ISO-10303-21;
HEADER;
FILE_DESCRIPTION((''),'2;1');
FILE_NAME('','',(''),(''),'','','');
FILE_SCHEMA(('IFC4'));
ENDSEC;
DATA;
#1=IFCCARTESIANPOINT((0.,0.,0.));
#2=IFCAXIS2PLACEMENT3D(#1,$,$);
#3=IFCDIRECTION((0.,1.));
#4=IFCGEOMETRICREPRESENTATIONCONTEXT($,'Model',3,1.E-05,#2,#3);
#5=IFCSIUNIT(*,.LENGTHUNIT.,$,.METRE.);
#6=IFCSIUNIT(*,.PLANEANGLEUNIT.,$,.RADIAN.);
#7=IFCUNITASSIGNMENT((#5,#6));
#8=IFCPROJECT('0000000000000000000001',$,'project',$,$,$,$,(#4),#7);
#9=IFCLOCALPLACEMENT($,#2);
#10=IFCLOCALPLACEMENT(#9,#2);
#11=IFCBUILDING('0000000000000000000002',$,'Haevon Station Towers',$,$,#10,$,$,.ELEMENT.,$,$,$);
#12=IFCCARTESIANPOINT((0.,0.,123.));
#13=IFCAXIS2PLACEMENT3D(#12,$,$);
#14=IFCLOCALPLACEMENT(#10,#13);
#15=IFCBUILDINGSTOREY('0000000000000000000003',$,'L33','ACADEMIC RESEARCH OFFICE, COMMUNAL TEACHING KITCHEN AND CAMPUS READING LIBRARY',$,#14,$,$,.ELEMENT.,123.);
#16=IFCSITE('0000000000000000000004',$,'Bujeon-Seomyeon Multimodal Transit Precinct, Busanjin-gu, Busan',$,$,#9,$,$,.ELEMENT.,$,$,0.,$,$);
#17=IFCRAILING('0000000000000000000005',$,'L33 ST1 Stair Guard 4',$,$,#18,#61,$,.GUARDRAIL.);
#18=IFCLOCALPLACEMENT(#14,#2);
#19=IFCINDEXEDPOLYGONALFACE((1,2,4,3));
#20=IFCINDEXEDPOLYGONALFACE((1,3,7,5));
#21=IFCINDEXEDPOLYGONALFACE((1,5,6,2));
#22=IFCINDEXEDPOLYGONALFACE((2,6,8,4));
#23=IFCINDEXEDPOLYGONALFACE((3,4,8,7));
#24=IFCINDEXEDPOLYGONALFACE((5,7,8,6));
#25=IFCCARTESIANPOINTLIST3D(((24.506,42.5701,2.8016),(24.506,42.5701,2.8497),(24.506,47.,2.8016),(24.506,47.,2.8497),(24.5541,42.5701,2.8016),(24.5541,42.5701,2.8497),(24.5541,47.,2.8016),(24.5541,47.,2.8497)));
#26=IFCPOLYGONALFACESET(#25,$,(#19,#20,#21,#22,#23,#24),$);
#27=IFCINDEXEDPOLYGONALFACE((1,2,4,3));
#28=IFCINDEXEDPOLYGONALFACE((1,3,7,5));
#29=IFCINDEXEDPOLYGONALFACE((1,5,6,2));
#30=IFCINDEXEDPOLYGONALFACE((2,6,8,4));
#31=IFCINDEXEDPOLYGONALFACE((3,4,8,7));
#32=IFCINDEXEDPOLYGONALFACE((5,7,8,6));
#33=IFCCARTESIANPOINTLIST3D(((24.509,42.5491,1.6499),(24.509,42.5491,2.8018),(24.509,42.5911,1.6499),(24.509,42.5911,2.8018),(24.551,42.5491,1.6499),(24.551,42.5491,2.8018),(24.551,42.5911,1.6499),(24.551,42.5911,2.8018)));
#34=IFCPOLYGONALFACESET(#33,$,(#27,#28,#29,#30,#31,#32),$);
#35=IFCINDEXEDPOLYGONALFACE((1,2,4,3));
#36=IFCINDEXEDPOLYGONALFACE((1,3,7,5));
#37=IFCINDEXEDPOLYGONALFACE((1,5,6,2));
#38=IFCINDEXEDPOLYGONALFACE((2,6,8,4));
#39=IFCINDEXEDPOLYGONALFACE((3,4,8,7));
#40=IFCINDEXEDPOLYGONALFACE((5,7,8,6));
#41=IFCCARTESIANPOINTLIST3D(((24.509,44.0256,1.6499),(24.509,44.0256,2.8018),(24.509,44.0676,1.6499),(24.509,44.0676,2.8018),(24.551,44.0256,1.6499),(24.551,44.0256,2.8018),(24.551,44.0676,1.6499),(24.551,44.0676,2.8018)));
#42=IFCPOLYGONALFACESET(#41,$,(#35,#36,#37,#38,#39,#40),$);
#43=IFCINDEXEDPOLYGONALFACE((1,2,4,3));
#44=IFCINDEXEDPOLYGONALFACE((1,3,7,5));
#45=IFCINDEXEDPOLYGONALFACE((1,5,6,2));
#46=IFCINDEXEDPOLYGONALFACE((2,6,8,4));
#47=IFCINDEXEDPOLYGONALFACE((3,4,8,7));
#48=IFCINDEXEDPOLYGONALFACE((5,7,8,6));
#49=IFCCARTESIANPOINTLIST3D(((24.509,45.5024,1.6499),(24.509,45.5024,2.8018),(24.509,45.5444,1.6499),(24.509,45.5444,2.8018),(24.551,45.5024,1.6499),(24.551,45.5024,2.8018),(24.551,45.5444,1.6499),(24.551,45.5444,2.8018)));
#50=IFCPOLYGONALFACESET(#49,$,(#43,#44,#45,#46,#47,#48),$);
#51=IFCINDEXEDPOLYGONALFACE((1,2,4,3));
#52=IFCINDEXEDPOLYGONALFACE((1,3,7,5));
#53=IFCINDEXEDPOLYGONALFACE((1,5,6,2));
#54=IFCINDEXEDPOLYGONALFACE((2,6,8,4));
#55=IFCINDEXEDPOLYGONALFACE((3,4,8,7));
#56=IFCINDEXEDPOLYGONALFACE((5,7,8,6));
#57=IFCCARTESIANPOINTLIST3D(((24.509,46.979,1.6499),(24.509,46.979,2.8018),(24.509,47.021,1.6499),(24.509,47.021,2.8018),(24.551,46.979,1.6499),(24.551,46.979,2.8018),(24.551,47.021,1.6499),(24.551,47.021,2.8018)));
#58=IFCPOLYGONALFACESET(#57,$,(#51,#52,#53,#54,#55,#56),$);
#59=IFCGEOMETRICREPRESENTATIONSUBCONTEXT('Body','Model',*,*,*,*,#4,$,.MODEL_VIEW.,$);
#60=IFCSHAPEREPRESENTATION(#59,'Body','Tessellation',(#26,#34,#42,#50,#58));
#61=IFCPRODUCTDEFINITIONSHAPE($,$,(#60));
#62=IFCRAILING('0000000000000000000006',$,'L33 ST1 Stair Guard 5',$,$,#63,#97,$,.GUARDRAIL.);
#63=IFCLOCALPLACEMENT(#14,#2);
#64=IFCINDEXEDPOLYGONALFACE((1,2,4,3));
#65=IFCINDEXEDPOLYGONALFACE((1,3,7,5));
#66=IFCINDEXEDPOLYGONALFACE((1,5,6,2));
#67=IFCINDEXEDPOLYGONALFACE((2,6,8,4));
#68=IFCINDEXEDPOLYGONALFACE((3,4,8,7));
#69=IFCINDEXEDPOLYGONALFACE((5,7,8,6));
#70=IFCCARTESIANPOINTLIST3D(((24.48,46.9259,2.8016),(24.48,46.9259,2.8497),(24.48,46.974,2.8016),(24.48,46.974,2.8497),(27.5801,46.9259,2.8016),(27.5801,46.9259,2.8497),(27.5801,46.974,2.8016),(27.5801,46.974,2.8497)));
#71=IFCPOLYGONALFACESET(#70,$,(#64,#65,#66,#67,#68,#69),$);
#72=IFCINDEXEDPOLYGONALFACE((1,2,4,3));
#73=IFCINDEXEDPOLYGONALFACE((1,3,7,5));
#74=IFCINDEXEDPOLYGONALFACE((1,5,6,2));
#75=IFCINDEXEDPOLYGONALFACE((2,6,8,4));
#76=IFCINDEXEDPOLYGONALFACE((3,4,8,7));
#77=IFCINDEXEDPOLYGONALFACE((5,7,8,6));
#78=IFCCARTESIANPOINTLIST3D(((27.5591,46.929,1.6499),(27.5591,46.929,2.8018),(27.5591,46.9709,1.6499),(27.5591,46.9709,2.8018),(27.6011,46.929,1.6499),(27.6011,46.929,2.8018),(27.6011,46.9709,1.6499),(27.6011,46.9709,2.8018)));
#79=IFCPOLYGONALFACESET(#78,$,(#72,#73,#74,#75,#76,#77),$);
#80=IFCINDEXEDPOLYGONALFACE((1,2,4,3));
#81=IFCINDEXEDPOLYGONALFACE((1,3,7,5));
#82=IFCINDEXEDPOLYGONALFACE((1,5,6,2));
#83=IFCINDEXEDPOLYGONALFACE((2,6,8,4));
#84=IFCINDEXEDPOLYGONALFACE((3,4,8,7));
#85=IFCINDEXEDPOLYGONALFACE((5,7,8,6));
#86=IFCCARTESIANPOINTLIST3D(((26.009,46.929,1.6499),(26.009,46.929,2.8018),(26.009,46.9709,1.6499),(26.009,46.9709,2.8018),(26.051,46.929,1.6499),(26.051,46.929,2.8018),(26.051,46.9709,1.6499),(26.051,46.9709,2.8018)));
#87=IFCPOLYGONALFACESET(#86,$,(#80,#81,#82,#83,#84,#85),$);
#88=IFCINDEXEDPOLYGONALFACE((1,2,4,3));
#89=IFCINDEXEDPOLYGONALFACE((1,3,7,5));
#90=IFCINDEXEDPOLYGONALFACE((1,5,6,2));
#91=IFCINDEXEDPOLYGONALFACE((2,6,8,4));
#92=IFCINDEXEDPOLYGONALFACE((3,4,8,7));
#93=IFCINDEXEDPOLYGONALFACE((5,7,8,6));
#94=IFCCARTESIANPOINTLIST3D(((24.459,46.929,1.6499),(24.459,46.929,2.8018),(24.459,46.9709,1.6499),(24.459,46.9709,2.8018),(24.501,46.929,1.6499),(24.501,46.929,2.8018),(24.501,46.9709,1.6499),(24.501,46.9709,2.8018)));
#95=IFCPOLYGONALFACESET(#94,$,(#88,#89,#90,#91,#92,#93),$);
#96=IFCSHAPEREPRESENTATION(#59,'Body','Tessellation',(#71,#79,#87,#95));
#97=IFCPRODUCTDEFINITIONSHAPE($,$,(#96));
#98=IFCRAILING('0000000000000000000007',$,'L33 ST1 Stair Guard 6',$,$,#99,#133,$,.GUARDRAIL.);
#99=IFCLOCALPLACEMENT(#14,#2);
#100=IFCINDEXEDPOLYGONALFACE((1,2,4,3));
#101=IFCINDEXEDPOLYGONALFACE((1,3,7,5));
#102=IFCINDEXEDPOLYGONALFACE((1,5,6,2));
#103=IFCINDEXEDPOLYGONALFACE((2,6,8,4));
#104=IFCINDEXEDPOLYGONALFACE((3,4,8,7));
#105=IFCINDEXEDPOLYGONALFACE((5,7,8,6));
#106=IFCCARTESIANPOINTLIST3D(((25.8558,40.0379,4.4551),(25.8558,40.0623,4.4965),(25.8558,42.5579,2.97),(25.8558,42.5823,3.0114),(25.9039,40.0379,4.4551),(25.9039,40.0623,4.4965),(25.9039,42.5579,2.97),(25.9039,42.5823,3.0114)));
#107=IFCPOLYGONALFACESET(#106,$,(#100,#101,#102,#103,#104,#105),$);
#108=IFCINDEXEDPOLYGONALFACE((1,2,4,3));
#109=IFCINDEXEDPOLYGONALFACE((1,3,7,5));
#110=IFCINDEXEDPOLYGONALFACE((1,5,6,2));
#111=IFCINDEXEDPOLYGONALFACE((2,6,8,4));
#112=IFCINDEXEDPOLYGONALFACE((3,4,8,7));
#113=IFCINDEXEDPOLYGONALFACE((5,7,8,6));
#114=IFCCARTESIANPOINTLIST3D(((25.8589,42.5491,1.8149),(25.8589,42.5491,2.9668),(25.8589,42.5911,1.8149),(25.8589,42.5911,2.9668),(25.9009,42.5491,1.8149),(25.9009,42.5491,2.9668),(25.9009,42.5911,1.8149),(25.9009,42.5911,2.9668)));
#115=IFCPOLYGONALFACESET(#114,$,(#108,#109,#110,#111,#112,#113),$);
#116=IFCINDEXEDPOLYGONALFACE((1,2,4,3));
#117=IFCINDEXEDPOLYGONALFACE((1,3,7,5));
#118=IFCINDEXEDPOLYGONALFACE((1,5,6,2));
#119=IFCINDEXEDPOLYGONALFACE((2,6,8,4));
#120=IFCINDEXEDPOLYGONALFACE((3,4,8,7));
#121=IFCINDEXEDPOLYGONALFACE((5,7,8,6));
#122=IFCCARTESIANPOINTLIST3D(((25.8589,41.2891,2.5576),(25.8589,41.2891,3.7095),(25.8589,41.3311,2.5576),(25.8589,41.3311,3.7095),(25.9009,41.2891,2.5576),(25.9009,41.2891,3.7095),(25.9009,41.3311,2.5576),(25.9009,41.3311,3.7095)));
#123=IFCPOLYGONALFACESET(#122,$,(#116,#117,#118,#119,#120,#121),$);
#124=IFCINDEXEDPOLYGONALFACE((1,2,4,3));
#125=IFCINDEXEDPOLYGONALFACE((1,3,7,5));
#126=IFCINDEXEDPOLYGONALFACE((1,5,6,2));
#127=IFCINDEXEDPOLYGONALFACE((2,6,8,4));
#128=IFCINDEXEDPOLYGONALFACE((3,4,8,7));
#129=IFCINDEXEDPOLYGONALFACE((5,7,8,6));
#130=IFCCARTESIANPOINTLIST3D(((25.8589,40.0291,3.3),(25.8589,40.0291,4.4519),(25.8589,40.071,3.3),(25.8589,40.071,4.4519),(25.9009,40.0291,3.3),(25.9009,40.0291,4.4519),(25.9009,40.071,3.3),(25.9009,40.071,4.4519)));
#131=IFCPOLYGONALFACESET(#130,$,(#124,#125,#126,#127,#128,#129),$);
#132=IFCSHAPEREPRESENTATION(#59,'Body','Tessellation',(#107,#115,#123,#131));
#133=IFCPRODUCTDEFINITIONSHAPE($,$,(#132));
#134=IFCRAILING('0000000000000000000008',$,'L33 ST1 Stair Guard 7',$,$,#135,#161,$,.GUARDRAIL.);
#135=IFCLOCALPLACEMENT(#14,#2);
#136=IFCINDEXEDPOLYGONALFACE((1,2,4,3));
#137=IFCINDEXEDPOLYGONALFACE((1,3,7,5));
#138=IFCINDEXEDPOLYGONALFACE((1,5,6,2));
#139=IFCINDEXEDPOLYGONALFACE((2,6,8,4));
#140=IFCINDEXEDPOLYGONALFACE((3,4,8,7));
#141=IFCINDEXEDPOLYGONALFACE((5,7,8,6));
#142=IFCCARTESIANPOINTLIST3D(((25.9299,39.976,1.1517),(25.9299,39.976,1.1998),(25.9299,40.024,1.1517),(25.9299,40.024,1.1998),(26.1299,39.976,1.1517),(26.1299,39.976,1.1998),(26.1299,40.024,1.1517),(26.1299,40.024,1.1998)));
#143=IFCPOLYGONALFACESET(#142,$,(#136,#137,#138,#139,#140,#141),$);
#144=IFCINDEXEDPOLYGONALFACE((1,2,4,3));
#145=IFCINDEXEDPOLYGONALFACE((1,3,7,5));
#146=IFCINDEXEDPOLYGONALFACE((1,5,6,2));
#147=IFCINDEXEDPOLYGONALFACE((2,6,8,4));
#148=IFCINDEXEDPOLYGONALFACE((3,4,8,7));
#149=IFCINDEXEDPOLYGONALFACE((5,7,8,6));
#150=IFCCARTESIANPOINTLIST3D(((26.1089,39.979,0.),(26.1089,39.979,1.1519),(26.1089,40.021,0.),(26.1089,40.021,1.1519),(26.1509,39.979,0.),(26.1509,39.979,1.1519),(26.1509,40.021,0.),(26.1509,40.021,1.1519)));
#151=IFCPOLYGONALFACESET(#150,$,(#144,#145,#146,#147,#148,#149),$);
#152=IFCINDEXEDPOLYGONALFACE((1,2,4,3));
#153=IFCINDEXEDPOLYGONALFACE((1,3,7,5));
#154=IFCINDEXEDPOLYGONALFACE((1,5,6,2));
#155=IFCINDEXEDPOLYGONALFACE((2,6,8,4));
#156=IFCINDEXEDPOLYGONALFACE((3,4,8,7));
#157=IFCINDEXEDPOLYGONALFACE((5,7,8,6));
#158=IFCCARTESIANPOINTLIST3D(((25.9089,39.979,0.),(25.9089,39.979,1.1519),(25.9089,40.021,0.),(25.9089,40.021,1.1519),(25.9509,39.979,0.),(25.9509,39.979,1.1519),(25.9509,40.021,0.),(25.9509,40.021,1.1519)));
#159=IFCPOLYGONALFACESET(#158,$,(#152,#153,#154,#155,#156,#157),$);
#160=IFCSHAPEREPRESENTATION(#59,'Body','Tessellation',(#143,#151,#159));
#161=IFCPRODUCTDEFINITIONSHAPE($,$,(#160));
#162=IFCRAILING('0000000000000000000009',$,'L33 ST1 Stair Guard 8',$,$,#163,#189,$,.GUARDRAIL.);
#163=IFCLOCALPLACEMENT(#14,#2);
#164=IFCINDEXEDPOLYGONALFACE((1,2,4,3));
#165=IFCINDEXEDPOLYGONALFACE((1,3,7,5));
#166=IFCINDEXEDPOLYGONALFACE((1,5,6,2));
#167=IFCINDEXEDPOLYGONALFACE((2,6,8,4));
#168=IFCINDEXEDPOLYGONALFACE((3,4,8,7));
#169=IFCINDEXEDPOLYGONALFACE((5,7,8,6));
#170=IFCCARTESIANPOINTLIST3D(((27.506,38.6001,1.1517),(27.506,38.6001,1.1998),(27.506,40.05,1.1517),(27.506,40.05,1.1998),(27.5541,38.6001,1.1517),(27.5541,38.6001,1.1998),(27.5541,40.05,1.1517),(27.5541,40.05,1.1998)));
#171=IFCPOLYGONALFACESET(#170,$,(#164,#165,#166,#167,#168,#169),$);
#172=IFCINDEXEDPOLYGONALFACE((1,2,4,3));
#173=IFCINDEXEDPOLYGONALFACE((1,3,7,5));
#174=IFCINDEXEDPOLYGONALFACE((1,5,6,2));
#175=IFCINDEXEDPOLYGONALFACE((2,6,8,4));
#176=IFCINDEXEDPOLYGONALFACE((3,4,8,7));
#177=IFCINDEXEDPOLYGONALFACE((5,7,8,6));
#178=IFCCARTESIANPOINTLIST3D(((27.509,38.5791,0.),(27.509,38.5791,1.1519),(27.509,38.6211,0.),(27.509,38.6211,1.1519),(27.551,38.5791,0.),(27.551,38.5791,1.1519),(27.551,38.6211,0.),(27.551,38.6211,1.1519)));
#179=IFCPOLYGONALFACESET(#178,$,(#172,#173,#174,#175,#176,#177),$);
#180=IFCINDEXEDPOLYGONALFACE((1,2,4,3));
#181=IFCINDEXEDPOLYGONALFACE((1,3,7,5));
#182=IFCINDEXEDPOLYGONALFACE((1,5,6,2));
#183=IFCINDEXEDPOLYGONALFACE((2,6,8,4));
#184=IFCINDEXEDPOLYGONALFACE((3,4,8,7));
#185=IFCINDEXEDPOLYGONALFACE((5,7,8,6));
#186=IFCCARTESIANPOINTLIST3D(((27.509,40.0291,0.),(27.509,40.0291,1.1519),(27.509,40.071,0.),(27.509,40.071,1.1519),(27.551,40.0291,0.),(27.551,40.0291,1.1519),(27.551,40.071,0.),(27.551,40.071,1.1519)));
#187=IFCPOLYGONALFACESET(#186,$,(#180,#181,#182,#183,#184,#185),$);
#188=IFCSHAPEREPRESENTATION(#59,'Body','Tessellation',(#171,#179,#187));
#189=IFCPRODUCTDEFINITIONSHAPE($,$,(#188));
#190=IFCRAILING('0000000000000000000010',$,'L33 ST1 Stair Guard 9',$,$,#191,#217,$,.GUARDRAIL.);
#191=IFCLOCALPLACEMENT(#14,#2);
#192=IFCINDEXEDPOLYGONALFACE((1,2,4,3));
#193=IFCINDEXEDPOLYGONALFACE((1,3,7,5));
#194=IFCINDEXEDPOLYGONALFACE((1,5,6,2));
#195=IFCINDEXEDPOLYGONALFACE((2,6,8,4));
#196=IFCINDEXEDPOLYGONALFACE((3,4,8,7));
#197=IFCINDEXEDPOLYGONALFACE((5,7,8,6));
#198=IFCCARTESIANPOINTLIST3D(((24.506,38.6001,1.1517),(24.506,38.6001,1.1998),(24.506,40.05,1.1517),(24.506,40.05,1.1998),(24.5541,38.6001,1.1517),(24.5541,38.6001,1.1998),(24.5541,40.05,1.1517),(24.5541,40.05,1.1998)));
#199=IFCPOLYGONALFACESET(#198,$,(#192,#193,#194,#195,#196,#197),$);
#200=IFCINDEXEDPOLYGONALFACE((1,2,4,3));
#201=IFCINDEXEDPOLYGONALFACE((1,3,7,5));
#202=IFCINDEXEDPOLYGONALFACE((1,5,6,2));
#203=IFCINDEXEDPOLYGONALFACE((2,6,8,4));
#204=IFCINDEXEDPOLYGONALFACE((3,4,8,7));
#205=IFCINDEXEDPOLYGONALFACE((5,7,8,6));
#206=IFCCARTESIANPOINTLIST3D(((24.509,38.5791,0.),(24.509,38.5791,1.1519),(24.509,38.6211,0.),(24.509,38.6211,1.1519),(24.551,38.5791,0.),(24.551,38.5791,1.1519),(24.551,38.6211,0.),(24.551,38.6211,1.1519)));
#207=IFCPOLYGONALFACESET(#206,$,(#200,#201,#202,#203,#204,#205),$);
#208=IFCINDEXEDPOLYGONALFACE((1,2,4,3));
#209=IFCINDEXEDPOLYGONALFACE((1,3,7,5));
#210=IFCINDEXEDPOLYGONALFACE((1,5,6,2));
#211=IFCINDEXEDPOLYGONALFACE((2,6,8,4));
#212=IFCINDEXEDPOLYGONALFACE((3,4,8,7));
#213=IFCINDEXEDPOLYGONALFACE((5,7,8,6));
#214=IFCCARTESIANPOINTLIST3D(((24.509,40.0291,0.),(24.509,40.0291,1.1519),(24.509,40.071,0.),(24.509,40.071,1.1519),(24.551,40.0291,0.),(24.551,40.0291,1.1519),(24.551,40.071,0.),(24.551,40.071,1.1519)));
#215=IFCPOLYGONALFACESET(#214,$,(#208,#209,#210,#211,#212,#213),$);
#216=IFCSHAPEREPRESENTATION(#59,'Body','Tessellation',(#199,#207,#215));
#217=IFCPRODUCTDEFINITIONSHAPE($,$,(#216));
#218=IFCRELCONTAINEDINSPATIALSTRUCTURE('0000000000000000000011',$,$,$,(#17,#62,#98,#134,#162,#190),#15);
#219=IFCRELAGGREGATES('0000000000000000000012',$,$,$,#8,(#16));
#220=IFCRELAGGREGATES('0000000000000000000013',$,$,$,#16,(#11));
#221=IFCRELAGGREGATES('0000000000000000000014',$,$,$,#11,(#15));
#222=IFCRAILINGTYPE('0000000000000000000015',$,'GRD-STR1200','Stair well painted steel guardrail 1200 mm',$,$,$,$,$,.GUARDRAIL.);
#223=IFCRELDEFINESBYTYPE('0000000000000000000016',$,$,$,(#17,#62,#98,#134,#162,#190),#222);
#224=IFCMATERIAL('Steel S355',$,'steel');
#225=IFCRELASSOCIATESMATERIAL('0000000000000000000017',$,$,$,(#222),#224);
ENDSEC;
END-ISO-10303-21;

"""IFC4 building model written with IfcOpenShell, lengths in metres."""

from ifc_helpers import new_model, si_unit, direction, frame, origin, origin_2d, place, context, subcontext, project, spatial, rectangle, extrude, material, type_object, element, save


model = new_model("IFC4")

# Units and contexts
model_context = context("Model", 3, precision=1e-05, world=origin(), true_north=direction((0.0, 1.0)))
body_context = subcontext(model_context, "Body", "Model", "MODEL_VIEW")
ifc_project = project(units=[si_unit("LENGTHUNIT", "METRE"), si_unit("PLANEANGLEUNIT", "RADIAN")], contexts=[model_context])

# Site, building, storey
site_placement = place(None, origin())
site = spatial("IfcSite", under=ifc_project, at=site_placement, Name="Bujeon-Seomyeon Multimodal Transit Precinct, Busanjin-gu, Busan", CompositionType="ELEMENT", RefElevation=0.0)
building_placement = place(site_placement, origin())
building = spatial("IfcBuilding", under=site, at=building_placement, Name="Haevon Station Towers", CompositionType="ELEMENT")
storey_placement = place(building_placement, frame((0.0, 0.0, 123.0)))
storey = spatial("IfcBuildingStorey", under=building, at=storey_placement, Name="L33", Description="ACADEMIC RESEARCH OFFICE, COMMUNAL TEACHING KITCHEN AND CAMPUS READING LIBRARY", CompositionType="ELEMENT", Elevation=123.0)

# Shared definitions
ifc_material_1 = material(Name="Steel S355", Category="steel")

# Railings
railing_type_1 = type_object("IfcRailingType", Name="GRD-STR1200", Description="Stair well painted steel guardrail 1200 mm", PredefinedType="GUARDRAIL", material=ifc_material_1)
for number, where, name in (
    (1, (24.53, 42.5701, 1.6499), "L33 ST1 Stair Guard 4"),
):
    element("IfcRailing", number, at=place(storey_placement, frame(where)), inside=storey, type_object=railing_type_1, Name=name, PredefinedType="GUARDRAIL", context=body_context, shape_type="SweptSolid", body=[
        extrude(rectangle(XDim=0.0481, YDim=0.0481, at=origin_2d()), frame((0.0, 0.0, 1.1758), z_axis=(0.0, 1.0, 0.0), x_axis=(-1.0, 0.0, 0.0)), (0.0, 0.0, 1.0), 4.4299),
        extrude(rectangle(XDim=0.042, YDim=0.042, at=origin_2d()), origin(), (0.0, 0.0, 1.0), 1.1519),
        extrude(rectangle(XDim=0.042, YDim=0.042, at=origin_2d()), frame((0.0, 1.4766, 0.0)), (0.0, 0.0, 1.0), 1.1519),
        extrude(rectangle(XDim=0.042, YDim=0.042, at=origin_2d()), frame((0.0, 2.9534, 0.0)), (0.0, 0.0, 1.0), 1.1519),
        extrude(rectangle(XDim=0.042, YDim=0.042, at=origin_2d()), frame((0.0, 4.4299, 0.0)), (0.0, 0.0, 1.0), 1.1519),
    ])
railing_1_placement = place(storey_placement, frame((27.5801, 46.95, 1.6499)))
element("IfcRailing", 2, at=railing_1_placement, inside=storey, type_object=railing_type_1, Name="L33 ST1 Stair Guard 5", PredefinedType="GUARDRAIL", context=body_context, shape_type="SweptSolid", body=[
    extrude(rectangle(XDim=0.0481, YDim=0.0481, at=origin_2d()), frame((0.0, 0.0, 1.1758), z_axis=(-1.0, 0.0, 0.0), x_axis=(0.0, -1.0, 0.0)), (0.0, 0.0, 1.0), 3.1001),
    extrude(rectangle(XDim=0.042, YDim=0.042, at=origin_2d()), origin(), (0.0, 0.0, 1.0), 1.1519),
    extrude(rectangle(XDim=0.042, YDim=0.042, at=origin_2d()), frame((-1.55, 0.0, 0.0)), (0.0, 0.0, 1.0), 1.1519),
    extrude(rectangle(XDim=0.042, YDim=0.042, at=origin_2d()), frame((-3.1001, 0.0, 0.0)), (0.0, 0.0, 1.0), 1.1519),
])
railing_2_placement = place(storey_placement, frame((25.8799, 42.5701, 1.8149)))
element("IfcRailing", 3, at=railing_2_placement, inside=storey, type_object=railing_type_1, Name="L33 ST1 Stair Guard 6", PredefinedType="GUARDRAIL", context=body_context, shape_type="SweptSolid", body=[
    extrude(rectangle(XDim=0.0481, YDim=0.0481, at=origin_2d()), frame((0.0, 0.0, 1.1758), z_axis=(0.0, -0.861524, 0.507717), x_axis=(1.0, 0.0, 0.0)), (0.0, 0.0, 1.0), 2.925),
    extrude(rectangle(XDim=0.042, YDim=0.042, at=origin_2d()), origin(), (0.0, 0.0, 1.0), 1.1519),
    extrude(rectangle(XDim=0.042, YDim=0.042, at=origin_2d()), frame((0.0, -1.26, 0.7427)), (0.0, 0.0, 1.0), 1.1519),
    extrude(rectangle(XDim=0.042, YDim=0.042, at=origin_2d()), frame((0.0, -2.52, 1.4851)), (0.0, 0.0, 1.0), 1.1519),
])
railing_3_placement = place(storey_placement, frame((26.1299, 40.0, 0.0)))
element("IfcRailing", 4, at=railing_3_placement, inside=storey, type_object=railing_type_1, Name="L33 ST1 Stair Guard 7", PredefinedType="GUARDRAIL", context=body_context, shape_type="SweptSolid", body=[
    extrude(rectangle(XDim=0.0481, YDim=0.0481, at=origin_2d()), frame((0.0, 0.0, 1.1758), z_axis=(-1.0, 0.0, 0.0), x_axis=(0.0, -1.0, 0.0)), (0.0, 0.0, 1.0), 0.2),
    extrude(rectangle(XDim=0.042, YDim=0.042, at=origin_2d()), origin(), (0.0, 0.0, 1.0), 1.1519),
    extrude(rectangle(XDim=0.042, YDim=0.042, at=origin_2d()), frame((-0.2, 0.0, 0.0)), (0.0, 0.0, 1.0), 1.1519),
])
for number, where, name in (
    (5, (27.53, 38.6001, 0.0), "L33 ST1 Stair Guard 8"),
    (6, (24.53, 38.6001, 0.0), "L33 ST1 Stair Guard 9"),
):
    element("IfcRailing", number, at=place(storey_placement, frame(where)), inside=storey, type_object=railing_type_1, Name=name, PredefinedType="GUARDRAIL", context=body_context, shape_type="SweptSolid", body=[
        extrude(rectangle(XDim=0.0481, YDim=0.0481, at=origin_2d()), frame((0.0, 0.0, 1.1758), z_axis=(0.0, 1.0, 0.0), x_axis=(-1.0, 0.0, 0.0)), (0.0, 0.0, 1.0), 1.45),
        extrude(rectangle(XDim=0.042, YDim=0.042, at=origin_2d()), origin(), (0.0, 0.0, 1.0), 1.1519),
        extrude(rectangle(XDim=0.042, YDim=0.042, at=origin_2d()), frame((0.0, 1.45, 0.0)), (0.0, 0.0, 1.0), 1.1519),
    ])

save(model, "model.ifc")
